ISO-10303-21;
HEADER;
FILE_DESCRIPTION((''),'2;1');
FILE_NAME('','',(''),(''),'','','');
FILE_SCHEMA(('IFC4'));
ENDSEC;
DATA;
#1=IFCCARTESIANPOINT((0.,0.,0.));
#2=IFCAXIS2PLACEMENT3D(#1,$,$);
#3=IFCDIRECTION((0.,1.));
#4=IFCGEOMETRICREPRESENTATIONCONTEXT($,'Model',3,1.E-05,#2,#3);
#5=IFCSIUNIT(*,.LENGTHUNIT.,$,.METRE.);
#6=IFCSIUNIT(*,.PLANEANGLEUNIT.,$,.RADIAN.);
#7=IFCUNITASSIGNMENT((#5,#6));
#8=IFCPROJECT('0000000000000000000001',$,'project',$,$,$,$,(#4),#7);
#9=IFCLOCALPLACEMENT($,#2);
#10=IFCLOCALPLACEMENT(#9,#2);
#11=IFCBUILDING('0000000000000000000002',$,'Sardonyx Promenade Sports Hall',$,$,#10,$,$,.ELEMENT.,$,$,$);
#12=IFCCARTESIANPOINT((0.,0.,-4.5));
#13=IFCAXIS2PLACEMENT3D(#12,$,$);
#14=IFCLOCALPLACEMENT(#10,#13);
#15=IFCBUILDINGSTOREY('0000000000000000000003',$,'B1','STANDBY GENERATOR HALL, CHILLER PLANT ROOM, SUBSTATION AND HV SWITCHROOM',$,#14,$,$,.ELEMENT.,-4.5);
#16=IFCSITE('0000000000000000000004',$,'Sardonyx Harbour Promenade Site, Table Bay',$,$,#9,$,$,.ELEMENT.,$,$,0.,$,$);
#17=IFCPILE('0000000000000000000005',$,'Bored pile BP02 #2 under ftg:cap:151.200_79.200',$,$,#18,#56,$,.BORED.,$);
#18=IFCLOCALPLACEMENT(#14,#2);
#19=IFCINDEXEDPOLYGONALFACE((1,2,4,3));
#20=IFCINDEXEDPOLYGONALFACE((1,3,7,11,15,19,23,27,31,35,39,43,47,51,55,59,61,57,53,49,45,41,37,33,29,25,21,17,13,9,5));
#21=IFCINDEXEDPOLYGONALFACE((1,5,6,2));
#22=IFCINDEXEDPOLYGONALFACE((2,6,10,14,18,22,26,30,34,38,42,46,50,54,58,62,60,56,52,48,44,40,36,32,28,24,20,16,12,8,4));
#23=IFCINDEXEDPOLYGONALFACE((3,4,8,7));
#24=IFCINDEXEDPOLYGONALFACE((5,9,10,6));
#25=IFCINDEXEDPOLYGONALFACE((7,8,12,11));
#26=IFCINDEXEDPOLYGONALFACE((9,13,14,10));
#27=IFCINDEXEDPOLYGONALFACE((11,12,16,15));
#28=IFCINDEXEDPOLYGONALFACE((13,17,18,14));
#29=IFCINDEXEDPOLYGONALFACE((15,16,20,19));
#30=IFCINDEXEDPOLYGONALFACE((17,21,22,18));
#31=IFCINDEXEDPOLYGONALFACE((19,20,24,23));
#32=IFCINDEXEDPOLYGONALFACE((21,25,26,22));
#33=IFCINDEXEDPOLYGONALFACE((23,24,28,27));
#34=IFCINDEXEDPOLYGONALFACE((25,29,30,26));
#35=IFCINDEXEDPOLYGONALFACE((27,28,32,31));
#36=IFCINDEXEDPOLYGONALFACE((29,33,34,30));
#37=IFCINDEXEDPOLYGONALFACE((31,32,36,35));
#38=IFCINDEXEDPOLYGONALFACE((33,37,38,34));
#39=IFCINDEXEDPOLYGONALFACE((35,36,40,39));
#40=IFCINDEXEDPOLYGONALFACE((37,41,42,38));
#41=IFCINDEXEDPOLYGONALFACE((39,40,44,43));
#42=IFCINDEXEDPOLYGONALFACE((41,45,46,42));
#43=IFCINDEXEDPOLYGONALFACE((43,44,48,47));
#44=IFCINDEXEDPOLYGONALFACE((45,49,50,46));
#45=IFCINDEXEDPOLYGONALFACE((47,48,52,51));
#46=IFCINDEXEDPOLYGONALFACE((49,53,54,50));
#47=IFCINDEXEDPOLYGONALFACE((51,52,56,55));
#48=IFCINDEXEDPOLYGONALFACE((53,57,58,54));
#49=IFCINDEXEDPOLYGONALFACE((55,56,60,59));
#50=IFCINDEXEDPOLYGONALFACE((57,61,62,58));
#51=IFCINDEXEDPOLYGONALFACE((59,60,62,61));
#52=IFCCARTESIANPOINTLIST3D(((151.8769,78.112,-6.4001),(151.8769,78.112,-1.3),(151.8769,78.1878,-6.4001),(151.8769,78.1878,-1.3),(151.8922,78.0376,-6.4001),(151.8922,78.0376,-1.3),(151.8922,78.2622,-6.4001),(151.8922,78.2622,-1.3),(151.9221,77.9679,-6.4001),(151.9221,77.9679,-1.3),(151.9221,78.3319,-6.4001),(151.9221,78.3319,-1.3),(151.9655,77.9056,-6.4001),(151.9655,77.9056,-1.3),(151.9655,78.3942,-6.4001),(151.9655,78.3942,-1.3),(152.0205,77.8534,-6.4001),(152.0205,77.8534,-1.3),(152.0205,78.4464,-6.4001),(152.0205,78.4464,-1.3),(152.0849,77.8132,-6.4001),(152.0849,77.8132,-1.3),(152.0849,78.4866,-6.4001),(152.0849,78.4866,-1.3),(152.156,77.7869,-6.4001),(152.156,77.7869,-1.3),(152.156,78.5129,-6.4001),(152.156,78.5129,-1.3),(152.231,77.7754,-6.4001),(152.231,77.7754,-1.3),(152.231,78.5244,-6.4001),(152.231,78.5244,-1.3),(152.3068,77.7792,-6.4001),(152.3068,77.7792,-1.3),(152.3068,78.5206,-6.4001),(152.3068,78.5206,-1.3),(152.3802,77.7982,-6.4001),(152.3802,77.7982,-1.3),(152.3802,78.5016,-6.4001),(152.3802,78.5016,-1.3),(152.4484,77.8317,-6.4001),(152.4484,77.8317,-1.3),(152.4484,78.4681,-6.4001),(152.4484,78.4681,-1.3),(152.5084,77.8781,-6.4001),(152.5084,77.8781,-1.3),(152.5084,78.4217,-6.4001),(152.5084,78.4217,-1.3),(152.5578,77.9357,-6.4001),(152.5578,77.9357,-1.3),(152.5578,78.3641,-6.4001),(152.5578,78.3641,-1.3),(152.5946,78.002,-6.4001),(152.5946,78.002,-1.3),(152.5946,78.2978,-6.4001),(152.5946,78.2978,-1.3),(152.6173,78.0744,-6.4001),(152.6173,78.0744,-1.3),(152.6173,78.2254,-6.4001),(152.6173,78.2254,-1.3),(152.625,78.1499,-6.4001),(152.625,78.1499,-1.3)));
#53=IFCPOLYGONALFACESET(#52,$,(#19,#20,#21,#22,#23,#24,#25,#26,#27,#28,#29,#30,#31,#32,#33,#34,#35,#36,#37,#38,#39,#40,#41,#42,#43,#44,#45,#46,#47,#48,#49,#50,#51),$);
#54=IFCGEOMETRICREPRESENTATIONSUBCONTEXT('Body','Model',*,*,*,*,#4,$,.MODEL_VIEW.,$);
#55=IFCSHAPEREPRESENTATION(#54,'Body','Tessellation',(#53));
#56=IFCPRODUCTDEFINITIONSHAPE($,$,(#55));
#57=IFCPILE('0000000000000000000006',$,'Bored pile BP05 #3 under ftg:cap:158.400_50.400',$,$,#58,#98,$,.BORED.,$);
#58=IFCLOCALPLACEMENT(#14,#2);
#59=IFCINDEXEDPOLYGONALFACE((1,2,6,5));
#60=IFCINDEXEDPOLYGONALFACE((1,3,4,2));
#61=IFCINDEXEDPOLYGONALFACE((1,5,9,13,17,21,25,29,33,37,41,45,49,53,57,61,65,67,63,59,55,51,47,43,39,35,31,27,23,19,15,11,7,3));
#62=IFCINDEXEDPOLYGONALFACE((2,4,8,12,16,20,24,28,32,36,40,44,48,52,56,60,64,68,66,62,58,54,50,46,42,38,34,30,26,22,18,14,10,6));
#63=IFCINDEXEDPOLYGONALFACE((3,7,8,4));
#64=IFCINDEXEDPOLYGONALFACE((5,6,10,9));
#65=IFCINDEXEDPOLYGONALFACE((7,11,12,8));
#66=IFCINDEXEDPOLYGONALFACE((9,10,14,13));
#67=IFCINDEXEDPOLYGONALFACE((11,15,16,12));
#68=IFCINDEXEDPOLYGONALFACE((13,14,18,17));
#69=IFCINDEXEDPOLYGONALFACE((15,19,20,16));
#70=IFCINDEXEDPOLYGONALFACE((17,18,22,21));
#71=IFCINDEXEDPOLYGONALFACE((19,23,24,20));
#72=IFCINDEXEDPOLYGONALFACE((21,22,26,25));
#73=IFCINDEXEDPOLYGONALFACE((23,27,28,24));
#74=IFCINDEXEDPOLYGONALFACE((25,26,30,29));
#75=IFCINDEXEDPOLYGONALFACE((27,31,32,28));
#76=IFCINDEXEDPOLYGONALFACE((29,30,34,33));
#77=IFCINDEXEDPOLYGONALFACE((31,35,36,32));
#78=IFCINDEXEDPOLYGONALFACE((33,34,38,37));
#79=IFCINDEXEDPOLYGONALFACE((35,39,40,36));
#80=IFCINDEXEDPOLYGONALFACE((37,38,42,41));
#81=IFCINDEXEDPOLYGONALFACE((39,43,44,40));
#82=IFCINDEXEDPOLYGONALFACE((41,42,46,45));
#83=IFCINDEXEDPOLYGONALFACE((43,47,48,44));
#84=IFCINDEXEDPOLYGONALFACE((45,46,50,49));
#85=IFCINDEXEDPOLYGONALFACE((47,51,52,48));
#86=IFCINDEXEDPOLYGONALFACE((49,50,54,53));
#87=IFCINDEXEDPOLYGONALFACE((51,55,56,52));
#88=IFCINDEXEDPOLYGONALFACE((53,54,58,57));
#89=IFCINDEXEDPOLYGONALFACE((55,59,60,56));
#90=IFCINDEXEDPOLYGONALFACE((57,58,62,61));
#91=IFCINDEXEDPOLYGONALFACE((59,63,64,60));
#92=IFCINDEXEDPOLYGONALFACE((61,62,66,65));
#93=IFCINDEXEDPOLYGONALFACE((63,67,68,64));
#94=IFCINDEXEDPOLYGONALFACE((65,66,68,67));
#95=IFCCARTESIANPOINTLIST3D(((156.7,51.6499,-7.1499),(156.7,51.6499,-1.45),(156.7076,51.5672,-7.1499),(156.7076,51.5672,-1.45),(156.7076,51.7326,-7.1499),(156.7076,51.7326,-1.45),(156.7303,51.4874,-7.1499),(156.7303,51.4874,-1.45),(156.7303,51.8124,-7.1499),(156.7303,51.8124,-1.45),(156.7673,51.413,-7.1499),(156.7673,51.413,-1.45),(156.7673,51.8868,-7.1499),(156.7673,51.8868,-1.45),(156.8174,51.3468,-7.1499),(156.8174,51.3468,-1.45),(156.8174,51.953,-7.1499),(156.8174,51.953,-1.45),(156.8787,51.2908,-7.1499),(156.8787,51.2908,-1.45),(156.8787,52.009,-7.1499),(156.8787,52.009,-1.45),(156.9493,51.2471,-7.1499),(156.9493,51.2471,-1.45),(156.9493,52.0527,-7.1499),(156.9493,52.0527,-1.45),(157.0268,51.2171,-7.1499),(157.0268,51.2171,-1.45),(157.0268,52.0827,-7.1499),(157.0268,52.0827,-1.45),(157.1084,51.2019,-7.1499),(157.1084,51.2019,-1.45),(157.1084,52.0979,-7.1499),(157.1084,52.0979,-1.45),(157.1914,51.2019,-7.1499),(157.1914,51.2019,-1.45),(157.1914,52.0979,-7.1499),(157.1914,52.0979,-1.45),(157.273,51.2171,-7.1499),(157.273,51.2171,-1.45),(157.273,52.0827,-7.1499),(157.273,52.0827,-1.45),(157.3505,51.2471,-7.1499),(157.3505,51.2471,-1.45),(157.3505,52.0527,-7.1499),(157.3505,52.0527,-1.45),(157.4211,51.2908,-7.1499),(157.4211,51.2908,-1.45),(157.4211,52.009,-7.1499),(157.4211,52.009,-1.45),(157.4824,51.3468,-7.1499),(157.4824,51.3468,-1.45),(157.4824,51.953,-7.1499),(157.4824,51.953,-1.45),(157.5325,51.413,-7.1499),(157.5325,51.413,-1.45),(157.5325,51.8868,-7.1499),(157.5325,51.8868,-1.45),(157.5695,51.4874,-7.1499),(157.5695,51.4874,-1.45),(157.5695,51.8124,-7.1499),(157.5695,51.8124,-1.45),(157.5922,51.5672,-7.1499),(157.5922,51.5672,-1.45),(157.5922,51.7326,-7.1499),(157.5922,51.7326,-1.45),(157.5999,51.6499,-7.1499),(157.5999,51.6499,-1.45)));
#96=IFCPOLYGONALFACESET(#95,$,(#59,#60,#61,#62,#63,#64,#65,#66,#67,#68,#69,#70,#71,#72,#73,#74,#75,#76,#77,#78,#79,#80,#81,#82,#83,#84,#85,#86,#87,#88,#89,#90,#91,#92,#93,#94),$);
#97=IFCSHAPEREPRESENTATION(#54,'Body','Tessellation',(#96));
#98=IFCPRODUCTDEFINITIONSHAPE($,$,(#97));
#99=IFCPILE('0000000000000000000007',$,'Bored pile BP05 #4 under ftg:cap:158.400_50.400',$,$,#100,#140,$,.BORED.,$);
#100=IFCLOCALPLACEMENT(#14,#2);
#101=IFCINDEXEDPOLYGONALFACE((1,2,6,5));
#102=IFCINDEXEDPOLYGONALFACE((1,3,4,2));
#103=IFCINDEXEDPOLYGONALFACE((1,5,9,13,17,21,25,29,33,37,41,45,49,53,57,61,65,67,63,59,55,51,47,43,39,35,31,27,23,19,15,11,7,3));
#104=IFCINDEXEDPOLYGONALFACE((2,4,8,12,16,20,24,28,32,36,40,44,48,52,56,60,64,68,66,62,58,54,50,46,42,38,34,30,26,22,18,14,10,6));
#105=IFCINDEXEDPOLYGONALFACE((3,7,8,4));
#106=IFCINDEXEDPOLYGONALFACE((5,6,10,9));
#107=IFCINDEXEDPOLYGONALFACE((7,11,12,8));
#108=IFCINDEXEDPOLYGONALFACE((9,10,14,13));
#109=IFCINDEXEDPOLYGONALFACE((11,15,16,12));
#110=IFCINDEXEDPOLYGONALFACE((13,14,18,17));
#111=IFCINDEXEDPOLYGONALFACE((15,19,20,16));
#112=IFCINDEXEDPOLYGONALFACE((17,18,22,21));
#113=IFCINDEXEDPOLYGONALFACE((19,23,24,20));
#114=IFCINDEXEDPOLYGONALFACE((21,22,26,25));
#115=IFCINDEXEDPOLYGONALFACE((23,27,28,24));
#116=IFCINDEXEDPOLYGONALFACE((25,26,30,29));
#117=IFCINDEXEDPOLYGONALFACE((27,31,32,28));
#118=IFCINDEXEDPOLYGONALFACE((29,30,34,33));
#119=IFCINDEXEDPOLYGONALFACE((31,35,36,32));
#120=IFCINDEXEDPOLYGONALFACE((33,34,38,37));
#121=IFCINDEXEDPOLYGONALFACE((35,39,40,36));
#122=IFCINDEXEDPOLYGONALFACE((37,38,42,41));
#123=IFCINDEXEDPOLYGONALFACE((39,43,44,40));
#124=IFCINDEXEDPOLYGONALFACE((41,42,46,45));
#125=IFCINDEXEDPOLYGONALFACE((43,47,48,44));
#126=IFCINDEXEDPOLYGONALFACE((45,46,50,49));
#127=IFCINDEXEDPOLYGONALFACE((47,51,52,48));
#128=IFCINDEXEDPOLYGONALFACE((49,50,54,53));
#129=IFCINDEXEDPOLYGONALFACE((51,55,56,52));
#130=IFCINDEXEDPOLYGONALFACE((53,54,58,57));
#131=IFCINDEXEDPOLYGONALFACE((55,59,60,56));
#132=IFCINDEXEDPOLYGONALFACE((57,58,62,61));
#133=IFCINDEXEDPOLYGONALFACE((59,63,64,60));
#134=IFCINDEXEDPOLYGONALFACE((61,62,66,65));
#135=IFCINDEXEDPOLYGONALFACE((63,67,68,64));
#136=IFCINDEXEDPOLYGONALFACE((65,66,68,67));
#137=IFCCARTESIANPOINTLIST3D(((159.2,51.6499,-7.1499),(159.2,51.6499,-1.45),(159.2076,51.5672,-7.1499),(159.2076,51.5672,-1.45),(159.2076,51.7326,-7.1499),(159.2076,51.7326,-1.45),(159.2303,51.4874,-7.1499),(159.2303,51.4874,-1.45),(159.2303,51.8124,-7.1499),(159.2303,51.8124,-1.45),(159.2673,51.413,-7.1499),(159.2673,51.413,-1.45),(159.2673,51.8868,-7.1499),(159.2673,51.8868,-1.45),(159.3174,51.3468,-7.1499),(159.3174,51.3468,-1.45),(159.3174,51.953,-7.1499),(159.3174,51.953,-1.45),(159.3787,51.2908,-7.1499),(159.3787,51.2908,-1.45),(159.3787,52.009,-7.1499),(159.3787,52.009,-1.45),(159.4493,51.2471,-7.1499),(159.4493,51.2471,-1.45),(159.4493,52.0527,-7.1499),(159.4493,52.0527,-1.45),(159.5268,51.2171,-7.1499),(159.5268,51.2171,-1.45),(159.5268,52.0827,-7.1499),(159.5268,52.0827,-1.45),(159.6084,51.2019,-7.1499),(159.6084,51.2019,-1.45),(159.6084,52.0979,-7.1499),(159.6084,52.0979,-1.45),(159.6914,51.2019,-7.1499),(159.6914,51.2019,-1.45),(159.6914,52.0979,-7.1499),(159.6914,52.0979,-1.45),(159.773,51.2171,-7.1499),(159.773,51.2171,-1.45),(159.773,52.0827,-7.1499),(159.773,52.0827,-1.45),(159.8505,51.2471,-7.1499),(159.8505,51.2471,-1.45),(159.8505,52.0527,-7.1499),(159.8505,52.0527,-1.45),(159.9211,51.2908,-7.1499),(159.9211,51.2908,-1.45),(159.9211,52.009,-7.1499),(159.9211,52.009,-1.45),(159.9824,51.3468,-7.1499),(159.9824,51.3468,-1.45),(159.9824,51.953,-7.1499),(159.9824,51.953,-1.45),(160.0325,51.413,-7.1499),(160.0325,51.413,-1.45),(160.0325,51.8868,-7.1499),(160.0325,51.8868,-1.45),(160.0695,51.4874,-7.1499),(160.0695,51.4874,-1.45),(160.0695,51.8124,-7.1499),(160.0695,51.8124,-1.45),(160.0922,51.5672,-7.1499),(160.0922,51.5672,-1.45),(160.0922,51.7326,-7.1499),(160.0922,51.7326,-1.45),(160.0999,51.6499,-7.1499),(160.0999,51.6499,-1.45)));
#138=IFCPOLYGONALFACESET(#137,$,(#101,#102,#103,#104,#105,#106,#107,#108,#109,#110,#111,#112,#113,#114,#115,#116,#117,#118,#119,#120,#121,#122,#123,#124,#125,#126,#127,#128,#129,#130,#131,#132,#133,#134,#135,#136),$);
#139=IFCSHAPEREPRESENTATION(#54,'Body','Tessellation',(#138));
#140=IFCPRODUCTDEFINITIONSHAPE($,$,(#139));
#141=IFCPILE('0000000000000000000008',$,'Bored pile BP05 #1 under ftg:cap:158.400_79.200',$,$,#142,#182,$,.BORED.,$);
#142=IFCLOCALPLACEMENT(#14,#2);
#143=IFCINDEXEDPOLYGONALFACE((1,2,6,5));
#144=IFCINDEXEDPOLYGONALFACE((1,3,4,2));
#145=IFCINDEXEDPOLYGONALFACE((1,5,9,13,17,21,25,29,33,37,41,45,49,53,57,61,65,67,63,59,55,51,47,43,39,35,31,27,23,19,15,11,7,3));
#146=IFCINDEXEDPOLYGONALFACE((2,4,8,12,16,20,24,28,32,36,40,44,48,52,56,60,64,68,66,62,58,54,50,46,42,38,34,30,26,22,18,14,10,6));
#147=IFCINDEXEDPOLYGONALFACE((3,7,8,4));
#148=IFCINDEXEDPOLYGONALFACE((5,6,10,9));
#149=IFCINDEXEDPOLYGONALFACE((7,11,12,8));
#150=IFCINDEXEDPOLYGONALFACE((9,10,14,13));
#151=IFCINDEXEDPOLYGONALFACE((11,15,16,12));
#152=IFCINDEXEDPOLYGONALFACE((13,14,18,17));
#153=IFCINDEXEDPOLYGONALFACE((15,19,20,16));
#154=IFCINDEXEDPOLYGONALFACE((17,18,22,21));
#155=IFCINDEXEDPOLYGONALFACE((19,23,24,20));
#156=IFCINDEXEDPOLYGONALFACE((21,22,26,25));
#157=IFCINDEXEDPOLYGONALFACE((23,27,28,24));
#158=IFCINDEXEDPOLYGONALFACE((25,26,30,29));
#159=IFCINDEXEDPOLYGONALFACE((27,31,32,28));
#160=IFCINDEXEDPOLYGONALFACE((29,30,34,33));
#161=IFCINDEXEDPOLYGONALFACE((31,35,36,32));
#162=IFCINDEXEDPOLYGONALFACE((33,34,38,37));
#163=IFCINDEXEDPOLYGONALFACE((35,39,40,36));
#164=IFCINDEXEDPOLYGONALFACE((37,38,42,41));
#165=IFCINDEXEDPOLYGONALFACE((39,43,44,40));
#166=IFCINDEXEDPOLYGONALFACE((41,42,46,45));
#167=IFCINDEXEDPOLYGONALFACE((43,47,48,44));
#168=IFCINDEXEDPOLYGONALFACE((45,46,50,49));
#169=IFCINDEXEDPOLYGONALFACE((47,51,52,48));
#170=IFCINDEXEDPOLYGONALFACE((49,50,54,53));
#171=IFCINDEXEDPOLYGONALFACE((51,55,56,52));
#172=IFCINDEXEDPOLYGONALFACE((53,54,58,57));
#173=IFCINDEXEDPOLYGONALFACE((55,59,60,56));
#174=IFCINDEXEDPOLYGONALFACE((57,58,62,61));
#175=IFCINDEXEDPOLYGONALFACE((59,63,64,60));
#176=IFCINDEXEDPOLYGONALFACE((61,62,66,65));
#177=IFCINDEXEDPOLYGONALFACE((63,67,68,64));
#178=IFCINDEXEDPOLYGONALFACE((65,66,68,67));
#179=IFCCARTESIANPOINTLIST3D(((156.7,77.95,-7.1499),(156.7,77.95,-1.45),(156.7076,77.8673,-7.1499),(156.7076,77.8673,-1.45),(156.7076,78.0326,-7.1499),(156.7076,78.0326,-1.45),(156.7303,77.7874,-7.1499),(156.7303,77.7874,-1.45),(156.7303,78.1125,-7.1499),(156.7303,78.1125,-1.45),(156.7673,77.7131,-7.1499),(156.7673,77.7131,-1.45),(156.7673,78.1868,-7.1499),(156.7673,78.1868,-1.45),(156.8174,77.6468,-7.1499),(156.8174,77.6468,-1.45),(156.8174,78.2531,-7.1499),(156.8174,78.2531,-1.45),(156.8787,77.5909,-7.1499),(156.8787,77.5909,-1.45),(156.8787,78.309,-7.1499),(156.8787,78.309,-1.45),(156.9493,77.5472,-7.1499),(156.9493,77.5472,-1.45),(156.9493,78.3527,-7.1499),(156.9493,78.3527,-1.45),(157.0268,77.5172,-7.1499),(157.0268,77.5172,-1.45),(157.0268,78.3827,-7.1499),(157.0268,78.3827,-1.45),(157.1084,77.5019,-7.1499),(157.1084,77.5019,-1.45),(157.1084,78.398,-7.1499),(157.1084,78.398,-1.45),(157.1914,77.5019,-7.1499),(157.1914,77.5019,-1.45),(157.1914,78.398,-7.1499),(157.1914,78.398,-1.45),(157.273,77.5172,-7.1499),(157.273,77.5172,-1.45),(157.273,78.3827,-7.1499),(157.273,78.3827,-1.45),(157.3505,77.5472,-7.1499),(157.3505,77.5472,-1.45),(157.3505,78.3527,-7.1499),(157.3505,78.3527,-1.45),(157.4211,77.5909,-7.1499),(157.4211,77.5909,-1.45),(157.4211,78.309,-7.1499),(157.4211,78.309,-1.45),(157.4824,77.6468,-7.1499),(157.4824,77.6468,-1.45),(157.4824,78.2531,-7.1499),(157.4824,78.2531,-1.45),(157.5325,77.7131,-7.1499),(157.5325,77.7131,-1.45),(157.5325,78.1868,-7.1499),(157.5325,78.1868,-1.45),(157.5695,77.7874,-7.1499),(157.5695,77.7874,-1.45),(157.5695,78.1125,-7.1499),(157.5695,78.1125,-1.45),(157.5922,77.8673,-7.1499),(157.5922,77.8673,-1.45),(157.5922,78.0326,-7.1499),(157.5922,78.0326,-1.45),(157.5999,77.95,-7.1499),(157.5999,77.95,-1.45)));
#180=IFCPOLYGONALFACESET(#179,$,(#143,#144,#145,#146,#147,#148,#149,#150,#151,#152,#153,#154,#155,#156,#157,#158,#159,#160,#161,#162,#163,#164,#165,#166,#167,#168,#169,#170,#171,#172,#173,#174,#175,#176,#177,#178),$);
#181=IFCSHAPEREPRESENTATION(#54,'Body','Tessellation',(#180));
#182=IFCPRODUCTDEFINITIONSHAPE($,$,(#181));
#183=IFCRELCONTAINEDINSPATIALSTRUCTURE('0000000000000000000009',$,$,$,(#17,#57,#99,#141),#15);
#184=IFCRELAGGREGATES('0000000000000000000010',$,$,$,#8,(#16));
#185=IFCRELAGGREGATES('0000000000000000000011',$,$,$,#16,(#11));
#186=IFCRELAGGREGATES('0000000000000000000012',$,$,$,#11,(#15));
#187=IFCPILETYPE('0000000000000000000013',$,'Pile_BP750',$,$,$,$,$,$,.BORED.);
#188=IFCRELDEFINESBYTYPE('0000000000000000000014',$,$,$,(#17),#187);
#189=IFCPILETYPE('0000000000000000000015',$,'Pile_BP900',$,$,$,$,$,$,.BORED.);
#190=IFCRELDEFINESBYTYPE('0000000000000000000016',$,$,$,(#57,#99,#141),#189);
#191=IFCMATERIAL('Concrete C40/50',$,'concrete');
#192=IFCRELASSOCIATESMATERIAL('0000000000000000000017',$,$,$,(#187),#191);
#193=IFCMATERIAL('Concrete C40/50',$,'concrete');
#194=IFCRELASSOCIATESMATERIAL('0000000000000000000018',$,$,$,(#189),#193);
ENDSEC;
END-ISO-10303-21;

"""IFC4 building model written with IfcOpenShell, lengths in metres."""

from ifc_helpers import new_model, si_unit, direction, frame, origin, origin_2d, place, context, subcontext, project, spatial, circle, extrude, material, material_profile, profile_set, type_object, element, save


model = new_model("IFC4")

# Units and contexts
model_context = context("Model", 3, precision=1e-05, world=origin(), true_north=direction((0.0, 1.0)))
body_context = subcontext(model_context, "Body", "Model", "MODEL_VIEW")
ifc_project = project(units=[si_unit("LENGTHUNIT", "METRE"), si_unit("PLANEANGLEUNIT", "RADIAN")], contexts=[model_context])

# Site, building, storey
site_placement = place(None, origin())
site = spatial("IfcSite", under=ifc_project, at=site_placement, Name="Sardonyx Harbour Promenade Site, Table Bay", CompositionType="ELEMENT", RefElevation=0.0)
building_placement = place(site_placement, origin())
building = spatial("IfcBuilding", under=site, at=building_placement, Name="Sardonyx Promenade Sports Hall", CompositionType="ELEMENT")
storey_placement = place(building_placement, frame((0.0, 0.0, -4.5)))
storey = spatial("IfcBuildingStorey", under=building, at=storey_placement, Name="B1", Description="STANDBY GENERATOR HALL, CHILLER PLANT ROOM, SUBSTATION AND HV SWITCHROOM", CompositionType="ELEMENT", Elevation=-4.5)

# Piles
ifc_material_1 = material(Name="Concrete C40/50", Category="concrete")
ifc_material_profile_1 = material_profile(ifc_material_1, circle(Radius=0.375, at=origin_2d()))
ifc_profile_set_1 = profile_set([ifc_material_profile_1], Name="Concrete C40/50")
pile_type_1 = type_object("IfcPileType", Name="Pile_BP750", PredefinedType="BORED", material=ifc_profile_set_1)
for number, where, z_axis, x_axis, name in (
    (1, (152.25, 78.1499, -1.3), (0.0, 0.0, -1.0), (1.0, 0.0, 0.0), "Bored pile BP02 #2 under ftg:cap:151.200_79.200"),
):
    element("IfcPile", number, at=place(storey_placement, frame(where, z_axis=z_axis, x_axis=x_axis)), inside=storey, type_object=pile_type_1, Name=name, PredefinedType="BORED", context=body_context, shape_type="SweptSolid", body=[
        extrude(circle(Radius=0.375, at=origin_2d()), origin(), (0.0, 0.0, 1.0), 5.1001),
    ])
ifc_material_2 = material(Name="Concrete C40/50", Category="concrete")
ifc_material_profile_2 = material_profile(ifc_material_2, circle(Radius=0.45, at=origin_2d()))
ifc_profile_set_2 = profile_set([ifc_material_profile_2], Name="Concrete C40/50")
pile_type_2 = type_object("IfcPileType", Name="Pile_BP900", PredefinedType="BORED", material=ifc_profile_set_2)
for number, where, z_axis, x_axis, name in (
    (2, (157.1499, 51.6499, -1.45), (0.0, 0.0, -1.0), (1.0, 0.0, 0.0), "Bored pile BP05 #3 under ftg:cap:158.400_50.400"),
    (3, (159.6499, 51.6499, -1.45), (0.0, 0.0, -1.0), (1.0, 0.0, 0.0), "Bored pile BP05 #4 under ftg:cap:158.400_50.400"),
    (4, (157.1499, 77.95, -1.45), (0.0, 0.0, -1.0), (1.0, 0.0, 0.0), "Bored pile BP05 #1 under ftg:cap:158.400_79.200"),
):
    element("IfcPile", number, at=place(storey_placement, frame(where, z_axis=z_axis, x_axis=x_axis)), inside=storey, type_object=pile_type_2, Name=name, PredefinedType="BORED", context=body_context, shape_type="SweptSolid", body=[
        extrude(circle(Radius=0.45, at=origin_2d()), origin(), (0.0, 0.0, 1.0), 5.7),
    ])

save(model, "model.ifc")
